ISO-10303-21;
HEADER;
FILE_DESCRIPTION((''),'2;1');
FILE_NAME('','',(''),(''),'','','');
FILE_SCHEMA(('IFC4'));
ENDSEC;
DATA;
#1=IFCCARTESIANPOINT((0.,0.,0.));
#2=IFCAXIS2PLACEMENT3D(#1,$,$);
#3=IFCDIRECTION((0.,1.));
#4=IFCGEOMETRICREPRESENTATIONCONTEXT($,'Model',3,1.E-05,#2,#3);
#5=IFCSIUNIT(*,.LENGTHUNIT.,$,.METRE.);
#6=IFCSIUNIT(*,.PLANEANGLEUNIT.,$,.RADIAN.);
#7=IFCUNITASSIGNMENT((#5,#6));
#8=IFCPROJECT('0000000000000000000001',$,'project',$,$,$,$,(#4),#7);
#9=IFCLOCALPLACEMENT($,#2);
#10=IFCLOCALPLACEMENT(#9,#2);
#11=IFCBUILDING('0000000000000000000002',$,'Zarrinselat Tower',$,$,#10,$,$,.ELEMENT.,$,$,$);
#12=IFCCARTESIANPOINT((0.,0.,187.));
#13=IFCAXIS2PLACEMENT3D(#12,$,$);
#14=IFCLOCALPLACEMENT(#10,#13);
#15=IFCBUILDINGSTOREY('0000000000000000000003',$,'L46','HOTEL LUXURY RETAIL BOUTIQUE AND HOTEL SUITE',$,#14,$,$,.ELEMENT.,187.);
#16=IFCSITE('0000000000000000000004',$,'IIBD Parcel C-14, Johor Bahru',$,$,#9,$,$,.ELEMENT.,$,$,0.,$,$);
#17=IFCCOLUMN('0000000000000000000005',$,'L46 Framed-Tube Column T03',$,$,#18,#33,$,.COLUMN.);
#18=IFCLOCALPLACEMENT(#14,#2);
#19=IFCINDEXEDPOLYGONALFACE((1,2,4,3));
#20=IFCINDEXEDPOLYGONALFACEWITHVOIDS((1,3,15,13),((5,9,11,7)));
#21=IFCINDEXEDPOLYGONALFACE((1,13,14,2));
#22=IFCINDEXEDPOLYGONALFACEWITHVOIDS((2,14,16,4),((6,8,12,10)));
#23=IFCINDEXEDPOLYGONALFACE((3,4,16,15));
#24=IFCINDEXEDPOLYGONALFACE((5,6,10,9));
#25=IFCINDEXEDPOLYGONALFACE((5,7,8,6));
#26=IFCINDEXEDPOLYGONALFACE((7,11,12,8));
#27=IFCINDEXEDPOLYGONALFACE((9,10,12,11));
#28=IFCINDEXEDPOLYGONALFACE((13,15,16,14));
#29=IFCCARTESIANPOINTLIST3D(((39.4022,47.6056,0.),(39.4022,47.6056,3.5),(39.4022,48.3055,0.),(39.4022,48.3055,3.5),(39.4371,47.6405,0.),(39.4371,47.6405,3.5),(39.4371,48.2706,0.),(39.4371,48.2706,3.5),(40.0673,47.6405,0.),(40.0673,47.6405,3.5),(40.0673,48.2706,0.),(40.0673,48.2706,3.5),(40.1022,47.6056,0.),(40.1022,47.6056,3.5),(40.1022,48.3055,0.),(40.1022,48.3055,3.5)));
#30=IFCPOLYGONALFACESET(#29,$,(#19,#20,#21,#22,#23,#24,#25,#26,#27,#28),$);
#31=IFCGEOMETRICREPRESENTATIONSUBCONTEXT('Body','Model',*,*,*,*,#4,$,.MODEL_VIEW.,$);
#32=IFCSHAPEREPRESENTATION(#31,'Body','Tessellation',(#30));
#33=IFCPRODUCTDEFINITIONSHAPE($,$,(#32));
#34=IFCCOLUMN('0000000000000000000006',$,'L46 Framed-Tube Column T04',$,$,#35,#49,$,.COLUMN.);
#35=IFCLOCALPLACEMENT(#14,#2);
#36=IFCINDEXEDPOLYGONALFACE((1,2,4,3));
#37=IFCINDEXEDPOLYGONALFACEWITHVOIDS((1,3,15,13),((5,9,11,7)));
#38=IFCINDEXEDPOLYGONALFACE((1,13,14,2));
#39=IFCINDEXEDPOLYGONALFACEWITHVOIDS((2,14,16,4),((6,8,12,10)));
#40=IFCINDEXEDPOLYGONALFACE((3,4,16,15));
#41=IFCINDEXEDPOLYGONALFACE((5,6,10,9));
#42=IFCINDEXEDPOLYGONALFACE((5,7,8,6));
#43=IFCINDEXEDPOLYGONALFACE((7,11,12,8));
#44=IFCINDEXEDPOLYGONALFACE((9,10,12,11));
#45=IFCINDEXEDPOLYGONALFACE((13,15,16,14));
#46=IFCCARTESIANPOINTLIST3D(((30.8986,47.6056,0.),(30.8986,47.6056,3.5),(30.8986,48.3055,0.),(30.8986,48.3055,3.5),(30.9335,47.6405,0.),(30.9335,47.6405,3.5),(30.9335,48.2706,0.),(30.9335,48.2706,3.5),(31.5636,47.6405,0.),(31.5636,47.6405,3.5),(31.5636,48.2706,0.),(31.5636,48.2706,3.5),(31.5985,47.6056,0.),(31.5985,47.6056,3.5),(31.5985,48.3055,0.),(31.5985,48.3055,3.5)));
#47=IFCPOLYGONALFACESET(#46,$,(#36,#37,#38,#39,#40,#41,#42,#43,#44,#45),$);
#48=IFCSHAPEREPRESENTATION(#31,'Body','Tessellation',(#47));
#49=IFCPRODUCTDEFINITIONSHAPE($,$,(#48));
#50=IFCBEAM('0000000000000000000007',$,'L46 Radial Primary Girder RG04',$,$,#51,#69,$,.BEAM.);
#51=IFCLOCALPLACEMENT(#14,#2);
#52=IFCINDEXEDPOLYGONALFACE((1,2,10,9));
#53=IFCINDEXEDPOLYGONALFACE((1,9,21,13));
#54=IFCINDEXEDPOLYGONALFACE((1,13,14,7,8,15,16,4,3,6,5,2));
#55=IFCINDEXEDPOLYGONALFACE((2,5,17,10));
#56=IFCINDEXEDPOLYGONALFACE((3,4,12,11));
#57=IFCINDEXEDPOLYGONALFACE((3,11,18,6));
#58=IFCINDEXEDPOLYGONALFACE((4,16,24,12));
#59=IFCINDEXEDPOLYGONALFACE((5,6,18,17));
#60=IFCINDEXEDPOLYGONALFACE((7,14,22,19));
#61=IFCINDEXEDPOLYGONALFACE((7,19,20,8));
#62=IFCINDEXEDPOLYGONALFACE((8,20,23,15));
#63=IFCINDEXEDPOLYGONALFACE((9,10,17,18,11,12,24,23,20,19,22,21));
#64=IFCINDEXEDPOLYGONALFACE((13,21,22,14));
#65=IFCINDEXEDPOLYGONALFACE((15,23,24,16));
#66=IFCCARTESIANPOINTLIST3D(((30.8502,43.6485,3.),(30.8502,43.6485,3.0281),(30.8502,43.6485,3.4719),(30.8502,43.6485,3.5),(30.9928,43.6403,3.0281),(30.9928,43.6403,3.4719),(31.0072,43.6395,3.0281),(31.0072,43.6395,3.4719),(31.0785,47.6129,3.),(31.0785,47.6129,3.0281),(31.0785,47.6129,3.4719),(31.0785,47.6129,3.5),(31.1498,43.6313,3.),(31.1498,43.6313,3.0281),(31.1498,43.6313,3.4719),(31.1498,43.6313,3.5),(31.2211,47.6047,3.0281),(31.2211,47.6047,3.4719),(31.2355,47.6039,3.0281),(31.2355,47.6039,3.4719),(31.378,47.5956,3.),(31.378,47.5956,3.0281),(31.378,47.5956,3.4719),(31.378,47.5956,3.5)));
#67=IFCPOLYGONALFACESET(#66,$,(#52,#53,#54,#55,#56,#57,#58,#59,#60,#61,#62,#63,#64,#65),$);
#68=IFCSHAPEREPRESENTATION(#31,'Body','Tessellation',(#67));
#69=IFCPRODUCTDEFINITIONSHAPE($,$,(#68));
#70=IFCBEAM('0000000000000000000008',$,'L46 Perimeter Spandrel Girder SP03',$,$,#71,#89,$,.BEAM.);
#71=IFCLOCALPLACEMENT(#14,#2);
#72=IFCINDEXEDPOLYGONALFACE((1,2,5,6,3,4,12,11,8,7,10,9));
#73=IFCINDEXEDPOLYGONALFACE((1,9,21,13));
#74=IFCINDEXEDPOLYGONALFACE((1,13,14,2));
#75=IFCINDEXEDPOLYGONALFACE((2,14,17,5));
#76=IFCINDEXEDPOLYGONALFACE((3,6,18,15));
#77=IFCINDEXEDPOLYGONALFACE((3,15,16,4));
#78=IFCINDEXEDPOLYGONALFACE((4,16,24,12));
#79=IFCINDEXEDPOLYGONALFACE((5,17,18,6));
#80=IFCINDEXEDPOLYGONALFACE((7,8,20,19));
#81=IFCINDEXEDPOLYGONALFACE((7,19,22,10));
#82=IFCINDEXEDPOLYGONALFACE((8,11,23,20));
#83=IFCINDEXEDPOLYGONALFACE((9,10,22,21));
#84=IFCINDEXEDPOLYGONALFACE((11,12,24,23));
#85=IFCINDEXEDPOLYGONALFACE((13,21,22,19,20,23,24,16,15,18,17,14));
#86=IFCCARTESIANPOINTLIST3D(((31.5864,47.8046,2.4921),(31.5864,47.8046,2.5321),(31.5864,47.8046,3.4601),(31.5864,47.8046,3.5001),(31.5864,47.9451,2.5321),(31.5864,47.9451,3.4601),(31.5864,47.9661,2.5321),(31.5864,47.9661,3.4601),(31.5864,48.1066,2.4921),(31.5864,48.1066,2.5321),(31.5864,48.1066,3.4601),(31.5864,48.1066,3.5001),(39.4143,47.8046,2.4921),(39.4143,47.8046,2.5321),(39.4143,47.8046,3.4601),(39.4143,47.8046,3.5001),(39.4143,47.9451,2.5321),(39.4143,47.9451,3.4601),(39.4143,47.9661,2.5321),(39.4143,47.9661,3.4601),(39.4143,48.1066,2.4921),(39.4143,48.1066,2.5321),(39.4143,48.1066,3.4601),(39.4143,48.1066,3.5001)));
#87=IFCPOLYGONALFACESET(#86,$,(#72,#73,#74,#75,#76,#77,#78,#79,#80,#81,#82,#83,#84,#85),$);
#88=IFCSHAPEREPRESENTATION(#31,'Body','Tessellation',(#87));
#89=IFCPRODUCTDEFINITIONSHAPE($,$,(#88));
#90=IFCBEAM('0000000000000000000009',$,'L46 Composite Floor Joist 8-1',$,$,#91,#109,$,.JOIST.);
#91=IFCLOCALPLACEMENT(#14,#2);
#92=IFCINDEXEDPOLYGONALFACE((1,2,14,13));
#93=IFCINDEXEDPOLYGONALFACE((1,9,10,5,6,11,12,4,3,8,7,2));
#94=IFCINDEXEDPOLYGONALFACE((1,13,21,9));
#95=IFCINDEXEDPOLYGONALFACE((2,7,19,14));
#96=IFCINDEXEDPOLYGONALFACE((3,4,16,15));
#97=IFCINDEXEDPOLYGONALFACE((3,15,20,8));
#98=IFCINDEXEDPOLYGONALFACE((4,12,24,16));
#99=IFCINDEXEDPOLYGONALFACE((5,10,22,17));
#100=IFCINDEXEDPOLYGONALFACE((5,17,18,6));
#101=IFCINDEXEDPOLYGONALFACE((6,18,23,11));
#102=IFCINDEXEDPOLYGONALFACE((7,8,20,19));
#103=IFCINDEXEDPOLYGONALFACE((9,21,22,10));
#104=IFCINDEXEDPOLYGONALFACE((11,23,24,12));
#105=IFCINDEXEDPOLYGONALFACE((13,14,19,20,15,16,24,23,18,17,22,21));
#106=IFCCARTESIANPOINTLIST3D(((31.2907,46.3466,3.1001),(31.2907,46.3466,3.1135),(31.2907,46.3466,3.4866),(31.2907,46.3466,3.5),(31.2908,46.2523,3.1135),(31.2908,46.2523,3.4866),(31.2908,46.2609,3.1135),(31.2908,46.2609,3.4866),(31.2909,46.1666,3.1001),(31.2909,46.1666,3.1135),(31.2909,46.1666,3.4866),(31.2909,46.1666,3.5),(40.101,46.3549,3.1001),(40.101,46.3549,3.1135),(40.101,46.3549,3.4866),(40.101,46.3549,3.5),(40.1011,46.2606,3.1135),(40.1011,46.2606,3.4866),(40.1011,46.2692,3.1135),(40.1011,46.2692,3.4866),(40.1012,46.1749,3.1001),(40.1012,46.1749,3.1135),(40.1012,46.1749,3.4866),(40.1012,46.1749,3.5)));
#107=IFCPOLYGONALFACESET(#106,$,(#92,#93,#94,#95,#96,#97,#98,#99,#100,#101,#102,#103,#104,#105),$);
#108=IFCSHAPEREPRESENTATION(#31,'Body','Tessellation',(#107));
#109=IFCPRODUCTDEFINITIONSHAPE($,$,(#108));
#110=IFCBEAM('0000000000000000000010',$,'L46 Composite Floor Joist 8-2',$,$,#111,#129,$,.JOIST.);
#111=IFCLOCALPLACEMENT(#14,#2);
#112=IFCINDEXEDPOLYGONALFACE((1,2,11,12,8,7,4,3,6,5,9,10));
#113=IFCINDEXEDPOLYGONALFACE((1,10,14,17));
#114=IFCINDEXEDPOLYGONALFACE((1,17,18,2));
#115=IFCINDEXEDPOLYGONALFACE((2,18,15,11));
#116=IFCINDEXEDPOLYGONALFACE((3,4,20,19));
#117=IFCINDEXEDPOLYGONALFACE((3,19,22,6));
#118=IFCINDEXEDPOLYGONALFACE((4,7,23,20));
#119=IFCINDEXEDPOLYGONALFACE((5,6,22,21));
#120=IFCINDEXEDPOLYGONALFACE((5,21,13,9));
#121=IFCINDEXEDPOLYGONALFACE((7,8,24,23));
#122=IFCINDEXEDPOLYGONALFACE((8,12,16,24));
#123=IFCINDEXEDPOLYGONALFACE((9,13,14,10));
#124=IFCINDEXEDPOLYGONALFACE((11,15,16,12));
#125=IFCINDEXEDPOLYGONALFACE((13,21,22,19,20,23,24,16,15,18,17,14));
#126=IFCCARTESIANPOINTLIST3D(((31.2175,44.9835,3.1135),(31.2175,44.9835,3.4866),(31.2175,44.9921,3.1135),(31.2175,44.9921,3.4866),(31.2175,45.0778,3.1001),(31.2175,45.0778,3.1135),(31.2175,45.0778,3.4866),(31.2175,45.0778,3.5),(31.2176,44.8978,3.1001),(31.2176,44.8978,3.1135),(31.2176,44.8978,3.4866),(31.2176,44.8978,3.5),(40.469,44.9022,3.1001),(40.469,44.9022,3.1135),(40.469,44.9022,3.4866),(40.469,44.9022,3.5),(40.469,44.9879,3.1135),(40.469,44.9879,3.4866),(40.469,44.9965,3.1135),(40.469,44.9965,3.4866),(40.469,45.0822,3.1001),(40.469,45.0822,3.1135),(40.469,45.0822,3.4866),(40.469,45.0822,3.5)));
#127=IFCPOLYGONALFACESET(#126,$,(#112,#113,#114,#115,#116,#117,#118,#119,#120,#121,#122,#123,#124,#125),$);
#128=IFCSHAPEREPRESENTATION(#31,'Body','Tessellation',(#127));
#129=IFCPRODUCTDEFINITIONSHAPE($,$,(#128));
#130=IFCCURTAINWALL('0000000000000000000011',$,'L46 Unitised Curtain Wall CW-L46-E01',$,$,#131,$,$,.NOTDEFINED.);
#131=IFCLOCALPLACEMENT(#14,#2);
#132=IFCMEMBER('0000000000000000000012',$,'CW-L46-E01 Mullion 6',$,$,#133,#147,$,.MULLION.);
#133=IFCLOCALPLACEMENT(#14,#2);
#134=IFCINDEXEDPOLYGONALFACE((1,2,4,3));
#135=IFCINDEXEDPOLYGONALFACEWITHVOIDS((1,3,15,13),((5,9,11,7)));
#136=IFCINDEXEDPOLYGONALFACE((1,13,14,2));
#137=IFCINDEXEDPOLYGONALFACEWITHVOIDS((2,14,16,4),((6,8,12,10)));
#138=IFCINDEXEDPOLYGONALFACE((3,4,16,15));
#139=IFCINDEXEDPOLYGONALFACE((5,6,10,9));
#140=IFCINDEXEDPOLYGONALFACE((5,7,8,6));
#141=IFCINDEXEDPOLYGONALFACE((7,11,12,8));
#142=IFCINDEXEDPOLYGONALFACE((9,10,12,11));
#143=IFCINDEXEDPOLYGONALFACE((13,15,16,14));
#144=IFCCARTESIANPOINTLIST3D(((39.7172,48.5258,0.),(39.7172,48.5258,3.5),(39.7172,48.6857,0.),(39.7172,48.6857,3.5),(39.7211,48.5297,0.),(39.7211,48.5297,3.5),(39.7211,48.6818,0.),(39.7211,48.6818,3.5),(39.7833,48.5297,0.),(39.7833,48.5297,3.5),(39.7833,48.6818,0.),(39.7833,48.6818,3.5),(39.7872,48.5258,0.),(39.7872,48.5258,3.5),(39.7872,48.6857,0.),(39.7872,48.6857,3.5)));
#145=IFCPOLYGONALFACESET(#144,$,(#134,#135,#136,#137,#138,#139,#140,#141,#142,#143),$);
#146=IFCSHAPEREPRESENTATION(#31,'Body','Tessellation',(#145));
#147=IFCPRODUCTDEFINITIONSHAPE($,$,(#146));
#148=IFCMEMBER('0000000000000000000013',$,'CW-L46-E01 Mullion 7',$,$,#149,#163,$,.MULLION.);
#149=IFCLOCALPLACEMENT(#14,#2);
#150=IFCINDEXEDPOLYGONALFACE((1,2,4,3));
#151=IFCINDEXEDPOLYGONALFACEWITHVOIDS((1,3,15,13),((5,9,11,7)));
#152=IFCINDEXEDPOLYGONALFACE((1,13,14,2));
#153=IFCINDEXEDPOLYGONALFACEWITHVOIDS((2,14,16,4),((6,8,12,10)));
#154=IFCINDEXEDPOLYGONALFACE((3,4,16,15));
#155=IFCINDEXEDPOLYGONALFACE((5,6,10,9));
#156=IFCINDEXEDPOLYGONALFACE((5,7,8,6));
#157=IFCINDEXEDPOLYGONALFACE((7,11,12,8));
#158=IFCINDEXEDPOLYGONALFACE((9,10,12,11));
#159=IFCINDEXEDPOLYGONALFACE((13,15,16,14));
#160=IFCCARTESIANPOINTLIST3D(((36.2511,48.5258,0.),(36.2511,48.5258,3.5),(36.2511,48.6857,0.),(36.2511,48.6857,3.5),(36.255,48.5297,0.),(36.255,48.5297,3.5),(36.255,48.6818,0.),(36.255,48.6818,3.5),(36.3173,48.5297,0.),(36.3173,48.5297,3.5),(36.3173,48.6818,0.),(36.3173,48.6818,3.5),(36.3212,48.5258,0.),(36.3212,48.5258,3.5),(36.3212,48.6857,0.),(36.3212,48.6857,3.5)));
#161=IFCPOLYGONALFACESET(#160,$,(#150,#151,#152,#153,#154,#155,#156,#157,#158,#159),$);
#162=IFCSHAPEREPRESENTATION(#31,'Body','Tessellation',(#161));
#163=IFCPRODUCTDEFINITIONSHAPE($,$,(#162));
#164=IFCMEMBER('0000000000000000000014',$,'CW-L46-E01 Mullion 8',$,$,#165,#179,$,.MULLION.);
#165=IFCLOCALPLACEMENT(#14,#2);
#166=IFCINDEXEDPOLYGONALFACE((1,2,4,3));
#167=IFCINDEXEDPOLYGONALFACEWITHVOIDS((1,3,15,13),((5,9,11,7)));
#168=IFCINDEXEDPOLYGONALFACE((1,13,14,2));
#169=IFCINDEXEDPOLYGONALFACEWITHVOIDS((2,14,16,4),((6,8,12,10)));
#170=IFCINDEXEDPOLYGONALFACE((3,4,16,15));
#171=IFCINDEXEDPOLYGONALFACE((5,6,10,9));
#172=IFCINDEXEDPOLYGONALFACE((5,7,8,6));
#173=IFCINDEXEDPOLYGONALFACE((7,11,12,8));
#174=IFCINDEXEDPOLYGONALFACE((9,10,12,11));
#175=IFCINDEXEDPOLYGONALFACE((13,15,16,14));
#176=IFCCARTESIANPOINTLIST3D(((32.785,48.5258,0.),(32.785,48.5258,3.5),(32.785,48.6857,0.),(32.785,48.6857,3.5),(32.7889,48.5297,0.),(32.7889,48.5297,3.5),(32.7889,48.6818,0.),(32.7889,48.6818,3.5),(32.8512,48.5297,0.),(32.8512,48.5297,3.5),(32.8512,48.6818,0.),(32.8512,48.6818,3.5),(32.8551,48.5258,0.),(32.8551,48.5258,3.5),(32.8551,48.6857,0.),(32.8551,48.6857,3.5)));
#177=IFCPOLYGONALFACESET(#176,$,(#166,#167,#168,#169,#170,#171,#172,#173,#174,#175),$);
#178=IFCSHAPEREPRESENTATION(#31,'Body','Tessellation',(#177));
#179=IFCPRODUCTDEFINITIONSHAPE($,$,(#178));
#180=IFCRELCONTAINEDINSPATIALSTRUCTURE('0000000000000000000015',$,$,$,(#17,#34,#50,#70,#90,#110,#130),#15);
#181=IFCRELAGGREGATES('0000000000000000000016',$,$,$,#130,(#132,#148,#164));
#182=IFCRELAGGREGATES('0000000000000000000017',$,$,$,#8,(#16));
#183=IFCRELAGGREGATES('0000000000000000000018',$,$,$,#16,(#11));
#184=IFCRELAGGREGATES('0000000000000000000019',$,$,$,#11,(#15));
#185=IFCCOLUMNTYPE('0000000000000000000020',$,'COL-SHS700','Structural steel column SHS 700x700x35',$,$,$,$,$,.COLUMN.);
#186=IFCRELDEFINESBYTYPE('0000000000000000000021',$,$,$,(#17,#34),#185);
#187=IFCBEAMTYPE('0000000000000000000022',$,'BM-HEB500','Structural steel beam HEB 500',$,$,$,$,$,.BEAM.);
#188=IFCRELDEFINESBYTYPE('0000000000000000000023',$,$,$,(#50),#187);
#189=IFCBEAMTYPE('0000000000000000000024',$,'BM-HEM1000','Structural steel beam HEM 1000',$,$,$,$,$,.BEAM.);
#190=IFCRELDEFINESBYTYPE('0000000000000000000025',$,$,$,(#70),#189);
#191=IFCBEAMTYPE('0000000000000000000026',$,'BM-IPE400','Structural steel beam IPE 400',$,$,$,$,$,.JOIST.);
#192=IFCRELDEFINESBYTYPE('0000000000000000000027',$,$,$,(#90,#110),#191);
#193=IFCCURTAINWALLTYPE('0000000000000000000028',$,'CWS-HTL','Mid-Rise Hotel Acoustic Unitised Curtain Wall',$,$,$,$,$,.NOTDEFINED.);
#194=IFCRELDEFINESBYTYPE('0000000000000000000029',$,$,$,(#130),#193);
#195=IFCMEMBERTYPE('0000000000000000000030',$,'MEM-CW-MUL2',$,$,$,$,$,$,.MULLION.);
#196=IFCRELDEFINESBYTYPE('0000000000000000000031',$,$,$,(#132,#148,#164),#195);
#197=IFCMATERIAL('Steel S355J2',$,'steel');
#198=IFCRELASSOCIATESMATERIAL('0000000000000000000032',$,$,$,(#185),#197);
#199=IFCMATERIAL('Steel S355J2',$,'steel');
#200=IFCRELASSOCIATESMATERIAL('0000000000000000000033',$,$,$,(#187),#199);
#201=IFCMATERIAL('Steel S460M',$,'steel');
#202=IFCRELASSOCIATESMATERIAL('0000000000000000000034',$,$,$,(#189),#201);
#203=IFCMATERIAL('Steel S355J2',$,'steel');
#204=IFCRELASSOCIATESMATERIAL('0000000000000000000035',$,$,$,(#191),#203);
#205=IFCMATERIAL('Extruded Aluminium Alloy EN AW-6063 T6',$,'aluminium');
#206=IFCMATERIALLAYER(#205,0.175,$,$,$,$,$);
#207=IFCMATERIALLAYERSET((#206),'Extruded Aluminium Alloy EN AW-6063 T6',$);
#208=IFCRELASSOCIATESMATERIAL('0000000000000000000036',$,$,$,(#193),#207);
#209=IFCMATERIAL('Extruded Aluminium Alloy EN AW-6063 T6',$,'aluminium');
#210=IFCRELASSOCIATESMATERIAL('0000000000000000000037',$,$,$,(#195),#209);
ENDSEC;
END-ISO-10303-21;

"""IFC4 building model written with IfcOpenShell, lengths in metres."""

from ifc_helpers import new_model, si_unit, direction, frame, origin, origin_2d, place, context, subcontext, project, spatial, hollow_rectangle, i_section, extrude, material, layer, layer_set, material_profile, profile_set, type_object, element, aggregate, save


model = new_model("IFC4")

# Units and contexts
model_context = context("Model", 3, precision=1e-05, world=origin(), true_north=direction((0.0, 1.0)))
body_context = subcontext(model_context, "Body", "Model", "MODEL_VIEW")
ifc_project = project(units=[si_unit("LENGTHUNIT", "METRE"), si_unit("PLANEANGLEUNIT", "RADIAN")], contexts=[model_context])

# Site, building, storey
site_placement = place(None, origin())
site = spatial("IfcSite", under=ifc_project, at=site_placement, Name="IIBD Parcel C-14, Johor Bahru", CompositionType="ELEMENT", RefElevation=0.0)
building_placement = place(site_placement, origin())
building = spatial("IfcBuilding", under=site, at=building_placement, Name="Zarrinselat Tower", CompositionType="ELEMENT")
storey_placement = place(building_placement, frame((0.0, 0.0, 187.0)))
storey = spatial("IfcBuildingStorey", under=building, at=storey_placement, Name="L46", Description="HOTEL LUXURY RETAIL BOUTIQUE AND HOTEL SUITE", CompositionType="ELEMENT", Elevation=187.0)

# Columns
ifc_material_1 = material(Name="Steel S355J2", Category="steel")
ifc_material_profile_1 = material_profile(ifc_material_1, hollow_rectangle(XDim=0.7, YDim=0.7, WallThickness=0.0349, at=origin_2d()), Name="SHS 700x700x35")
ifc_profile_set_1 = profile_set([ifc_material_profile_1], Name="Steel S355J2")
column_type = type_object("IfcColumnType", Name="COL-SHS700", Description="Structural steel column SHS 700x700x35", PredefinedType="COLUMN", material=ifc_profile_set_1)
for number, where, z_axis, x_axis, name in (
    (1, (39.7522, 47.9556, 0.0), (0.0, 0.0, 1.0), (1.0, 0.0, 0.0), "L46 Framed-Tube Column T03"),
    (2, (31.2485, 47.9556, 0.0), (0.0, 0.0, 1.0), (1.0, 0.0, 0.0), "L46 Framed-Tube Column T04"),
):
    element("IfcColumn", number, at=place(storey_placement, frame(where, z_axis=z_axis, x_axis=x_axis)), inside=storey, type_object=column_type, Name=name, PredefinedType="COLUMN", context=body_context, shape_type="SweptSolid", body=[
        extrude(hollow_rectangle(XDim=0.7, YDim=0.7, WallThickness=0.0349, at=origin_2d()), origin(), (0.0, 0.0, 1.0), 3.5),
    ])

# Beams
ifc_material_2 = material(Name="Steel S355J2", Category="steel")
ifc_material_profile_2 = material_profile(ifc_material_2, i_section(OverallWidth=0.3, OverallDepth=0.5, WebThickness=0.0144, FlangeThickness=0.0281, at=origin_2d()), Name="HEB 500")
ifc_profile_set_2 = profile_set([ifc_material_profile_2], Name="Steel S355J2")
beam_type_1 = type_object("IfcBeamType", Name="BM-HEB500", Description="Structural steel beam HEB 500", PredefinedType="BEAM", material=ifc_profile_set_2)
beam_1_placement = place(storey_placement, frame((31.0, 43.6399, 3.25), z_axis=(0.057486, 0.998346, 0.0), x_axis=(-0.998346, 0.057486, 0.0)))
element("IfcBeam", 3, at=beam_1_placement, inside=storey, type_object=beam_type_1, Name="L46 Radial Primary Girder RG04", PredefinedType="BEAM", context=body_context, shape_type="SweptSolid", body=[
    extrude(i_section(OverallWidth=0.3, OverallDepth=0.5, WebThickness=0.0144, FlangeThickness=0.0281, at=origin_2d()), origin(), (0.0, 0.0, 1.0), 3.9709),
])
ifc_material_3 = material(Name="Steel S460M", Category="steel")
ifc_material_profile_3 = material_profile(ifc_material_3, i_section(OverallWidth=0.302, OverallDepth=1.0081, WebThickness=0.021, FlangeThickness=0.04, at=origin_2d()), Name="HEM 1000")
ifc_profile_set_3 = profile_set([ifc_material_profile_3], Name="Steel S460M")
beam_type_2 = type_object("IfcBeamType", Name="BM-HEM1000", Description="Structural steel beam HEM 1000", PredefinedType="BEAM", material=ifc_profile_set_3)
beam_2_placement = place(storey_placement, frame((31.5864, 47.9556, 2.9961), z_axis=(1.0, 0.0, 0.0), x_axis=(0.0, 1.0, 0.0)))
element("IfcBeam", 4, at=beam_2_placement, inside=storey, type_object=beam_type_2, Name="L46 Perimeter Spandrel Girder SP03", PredefinedType="BEAM", context=body_context, shape_type="SweptSolid", body=[
    extrude(i_section(OverallWidth=0.302, OverallDepth=1.0081, WebThickness=0.021, FlangeThickness=0.04, at=origin_2d()), origin(), (0.0, 0.0, 1.0), 7.8279),
])
ifc_material_4 = material(Name="Steel S355J2", Category="steel")
ifc_material_profile_4 = material_profile(ifc_material_4, i_section(OverallWidth=0.1799, OverallDepth=0.3999, WebThickness=0.0085, FlangeThickness=0.0134, at=origin_2d()), Name="IPE 400")
ifc_profile_set_4 = profile_set([ifc_material_profile_4], Name="Steel S355J2")
beam_type_3 = type_object("IfcBeamType", Name="BM-IPE400", Description="Structural steel beam IPE 400", PredefinedType="JOIST", material=ifc_profile_set_4)
beam_3_placement = place(storey_placement, frame((31.2908, 46.2566, 3.3), z_axis=(1.0, 0.000942, 0.0), x_axis=(-0.000942, 1.0, 0.0)))
element("IfcBeam", 5, at=beam_3_placement, inside=storey, type_object=beam_type_3, Name="L46 Composite Floor Joist 8-1", PredefinedType="JOIST", context=body_context, shape_type="SweptSolid", body=[
    extrude(i_section(OverallWidth=0.1799, OverallDepth=0.3999, WebThickness=0.0085, FlangeThickness=0.0134, at=origin_2d()), origin(), (0.0, 0.0, 1.0), 8.8103),
])
beam_4_placement = place(storey_placement, frame((31.2175, 44.9878, 3.3), z_axis=(1.0, 0.000475, 0.0), x_axis=(-0.000475, 1.0, 0.0)))
element("IfcBeam", 6, at=beam_4_placement, inside=storey, type_object=beam_type_3, Name="L46 Composite Floor Joist 8-2", PredefinedType="JOIST", context=body_context, shape_type="SweptSolid", body=[
    extrude(i_section(OverallWidth=0.1799, OverallDepth=0.3999, WebThickness=0.0085, FlangeThickness=0.0134, at=origin_2d()), origin(), (0.0, 0.0, 1.0), 9.2515),
])

# Curtain wall, members
ifc_material_5 = material(Name="Extruded Aluminium Alloy EN AW-6063 T6", Category="aluminium")
ifc_layer_1 = layer(ifc_material_5, 0.175)
ifc_layer_set_1 = layer_set([ifc_layer_1], Name="Extruded Aluminium Alloy EN AW-6063 T6")
curtain_wall_type = type_object("IfcCurtainWallType", Name="CWS-HTL", Description="Mid-Rise Hotel Acoustic Unitised Curtain Wall", PredefinedType="NOTDEFINED", material=ifc_layer_set_1)
curtain_wall_placement = place(storey_placement, origin())
curtain_wall = element("IfcCurtainWall", 7, at=curtain_wall_placement, inside=storey, type_object=curtain_wall_type, Name="L46 Unitised Curtain Wall CW-L46-E01", PredefinedType="NOTDEFINED")
ifc_material_6 = material(Name="Extruded Aluminium Alloy EN AW-6063 T6", Category="aluminium")
ifc_material_profile_5 = material_profile(ifc_material_6, hollow_rectangle(XDim=0.0701, YDim=0.1599, WallThickness=0.0039, at=origin_2d()), Name="RHS 160x70x4")
ifc_profile_set_5 = profile_set([ifc_material_profile_5], Name="Extruded Aluminium Alloy EN AW-6063 T6")
member_type_1 = type_object("IfcMemberType", Name="MEM-CW-MUL2", PredefinedType="MULLION", material=ifc_profile_set_5)
member_1_placement = place(storey_placement, frame((39.7522, 48.6057, 0.0), z_axis=(0.0, 0.0, 1.0), x_axis=(-1.0, 0.0, 0.0)))
member_1 = element("IfcMember", 8, at=member_1_placement, type_object=member_type_1, Name="CW-L46-E01 Mullion 6", PredefinedType="MULLION", context=body_context, shape_type="SweptSolid", body=[
    extrude(hollow_rectangle(XDim=0.0701, YDim=0.1599, WallThickness=0.0039, at=origin_2d()), origin(), (0.0, 0.0, 1.0), 3.5),
])
member_2_placement = place(storey_placement, frame((36.2861, 48.6057, 0.0), z_axis=(0.0, 0.0, 1.0), x_axis=(-1.0, 0.0, 0.0)))
member_2 = element("IfcMember", 9, at=member_2_placement, type_object=member_type_1, Name="CW-L46-E01 Mullion 7", PredefinedType="MULLION", context=body_context, shape_type="SweptSolid", body=[
    extrude(hollow_rectangle(XDim=0.0701, YDim=0.1599, WallThickness=0.0039, at=origin_2d()), origin(), (0.0, 0.0, 1.0), 3.5),
])
member_3_placement = place(storey_placement, frame((32.8201, 48.6057, 0.0), z_axis=(0.0, 0.0, 1.0), x_axis=(-1.0, 0.0, 0.0)))
member_3 = element("IfcMember", 10, at=member_3_placement, type_object=member_type_1, Name="CW-L46-E01 Mullion 8", PredefinedType="MULLION", context=body_context, shape_type="SweptSolid", body=[
    extrude(hollow_rectangle(XDim=0.0701, YDim=0.1599, WallThickness=0.0039, at=origin_2d()), origin(), (0.0, 0.0, 1.0), 3.5),
])
aggregate(curtain_wall, [member_1, member_2, member_3])

save(model, "model.ifc")
